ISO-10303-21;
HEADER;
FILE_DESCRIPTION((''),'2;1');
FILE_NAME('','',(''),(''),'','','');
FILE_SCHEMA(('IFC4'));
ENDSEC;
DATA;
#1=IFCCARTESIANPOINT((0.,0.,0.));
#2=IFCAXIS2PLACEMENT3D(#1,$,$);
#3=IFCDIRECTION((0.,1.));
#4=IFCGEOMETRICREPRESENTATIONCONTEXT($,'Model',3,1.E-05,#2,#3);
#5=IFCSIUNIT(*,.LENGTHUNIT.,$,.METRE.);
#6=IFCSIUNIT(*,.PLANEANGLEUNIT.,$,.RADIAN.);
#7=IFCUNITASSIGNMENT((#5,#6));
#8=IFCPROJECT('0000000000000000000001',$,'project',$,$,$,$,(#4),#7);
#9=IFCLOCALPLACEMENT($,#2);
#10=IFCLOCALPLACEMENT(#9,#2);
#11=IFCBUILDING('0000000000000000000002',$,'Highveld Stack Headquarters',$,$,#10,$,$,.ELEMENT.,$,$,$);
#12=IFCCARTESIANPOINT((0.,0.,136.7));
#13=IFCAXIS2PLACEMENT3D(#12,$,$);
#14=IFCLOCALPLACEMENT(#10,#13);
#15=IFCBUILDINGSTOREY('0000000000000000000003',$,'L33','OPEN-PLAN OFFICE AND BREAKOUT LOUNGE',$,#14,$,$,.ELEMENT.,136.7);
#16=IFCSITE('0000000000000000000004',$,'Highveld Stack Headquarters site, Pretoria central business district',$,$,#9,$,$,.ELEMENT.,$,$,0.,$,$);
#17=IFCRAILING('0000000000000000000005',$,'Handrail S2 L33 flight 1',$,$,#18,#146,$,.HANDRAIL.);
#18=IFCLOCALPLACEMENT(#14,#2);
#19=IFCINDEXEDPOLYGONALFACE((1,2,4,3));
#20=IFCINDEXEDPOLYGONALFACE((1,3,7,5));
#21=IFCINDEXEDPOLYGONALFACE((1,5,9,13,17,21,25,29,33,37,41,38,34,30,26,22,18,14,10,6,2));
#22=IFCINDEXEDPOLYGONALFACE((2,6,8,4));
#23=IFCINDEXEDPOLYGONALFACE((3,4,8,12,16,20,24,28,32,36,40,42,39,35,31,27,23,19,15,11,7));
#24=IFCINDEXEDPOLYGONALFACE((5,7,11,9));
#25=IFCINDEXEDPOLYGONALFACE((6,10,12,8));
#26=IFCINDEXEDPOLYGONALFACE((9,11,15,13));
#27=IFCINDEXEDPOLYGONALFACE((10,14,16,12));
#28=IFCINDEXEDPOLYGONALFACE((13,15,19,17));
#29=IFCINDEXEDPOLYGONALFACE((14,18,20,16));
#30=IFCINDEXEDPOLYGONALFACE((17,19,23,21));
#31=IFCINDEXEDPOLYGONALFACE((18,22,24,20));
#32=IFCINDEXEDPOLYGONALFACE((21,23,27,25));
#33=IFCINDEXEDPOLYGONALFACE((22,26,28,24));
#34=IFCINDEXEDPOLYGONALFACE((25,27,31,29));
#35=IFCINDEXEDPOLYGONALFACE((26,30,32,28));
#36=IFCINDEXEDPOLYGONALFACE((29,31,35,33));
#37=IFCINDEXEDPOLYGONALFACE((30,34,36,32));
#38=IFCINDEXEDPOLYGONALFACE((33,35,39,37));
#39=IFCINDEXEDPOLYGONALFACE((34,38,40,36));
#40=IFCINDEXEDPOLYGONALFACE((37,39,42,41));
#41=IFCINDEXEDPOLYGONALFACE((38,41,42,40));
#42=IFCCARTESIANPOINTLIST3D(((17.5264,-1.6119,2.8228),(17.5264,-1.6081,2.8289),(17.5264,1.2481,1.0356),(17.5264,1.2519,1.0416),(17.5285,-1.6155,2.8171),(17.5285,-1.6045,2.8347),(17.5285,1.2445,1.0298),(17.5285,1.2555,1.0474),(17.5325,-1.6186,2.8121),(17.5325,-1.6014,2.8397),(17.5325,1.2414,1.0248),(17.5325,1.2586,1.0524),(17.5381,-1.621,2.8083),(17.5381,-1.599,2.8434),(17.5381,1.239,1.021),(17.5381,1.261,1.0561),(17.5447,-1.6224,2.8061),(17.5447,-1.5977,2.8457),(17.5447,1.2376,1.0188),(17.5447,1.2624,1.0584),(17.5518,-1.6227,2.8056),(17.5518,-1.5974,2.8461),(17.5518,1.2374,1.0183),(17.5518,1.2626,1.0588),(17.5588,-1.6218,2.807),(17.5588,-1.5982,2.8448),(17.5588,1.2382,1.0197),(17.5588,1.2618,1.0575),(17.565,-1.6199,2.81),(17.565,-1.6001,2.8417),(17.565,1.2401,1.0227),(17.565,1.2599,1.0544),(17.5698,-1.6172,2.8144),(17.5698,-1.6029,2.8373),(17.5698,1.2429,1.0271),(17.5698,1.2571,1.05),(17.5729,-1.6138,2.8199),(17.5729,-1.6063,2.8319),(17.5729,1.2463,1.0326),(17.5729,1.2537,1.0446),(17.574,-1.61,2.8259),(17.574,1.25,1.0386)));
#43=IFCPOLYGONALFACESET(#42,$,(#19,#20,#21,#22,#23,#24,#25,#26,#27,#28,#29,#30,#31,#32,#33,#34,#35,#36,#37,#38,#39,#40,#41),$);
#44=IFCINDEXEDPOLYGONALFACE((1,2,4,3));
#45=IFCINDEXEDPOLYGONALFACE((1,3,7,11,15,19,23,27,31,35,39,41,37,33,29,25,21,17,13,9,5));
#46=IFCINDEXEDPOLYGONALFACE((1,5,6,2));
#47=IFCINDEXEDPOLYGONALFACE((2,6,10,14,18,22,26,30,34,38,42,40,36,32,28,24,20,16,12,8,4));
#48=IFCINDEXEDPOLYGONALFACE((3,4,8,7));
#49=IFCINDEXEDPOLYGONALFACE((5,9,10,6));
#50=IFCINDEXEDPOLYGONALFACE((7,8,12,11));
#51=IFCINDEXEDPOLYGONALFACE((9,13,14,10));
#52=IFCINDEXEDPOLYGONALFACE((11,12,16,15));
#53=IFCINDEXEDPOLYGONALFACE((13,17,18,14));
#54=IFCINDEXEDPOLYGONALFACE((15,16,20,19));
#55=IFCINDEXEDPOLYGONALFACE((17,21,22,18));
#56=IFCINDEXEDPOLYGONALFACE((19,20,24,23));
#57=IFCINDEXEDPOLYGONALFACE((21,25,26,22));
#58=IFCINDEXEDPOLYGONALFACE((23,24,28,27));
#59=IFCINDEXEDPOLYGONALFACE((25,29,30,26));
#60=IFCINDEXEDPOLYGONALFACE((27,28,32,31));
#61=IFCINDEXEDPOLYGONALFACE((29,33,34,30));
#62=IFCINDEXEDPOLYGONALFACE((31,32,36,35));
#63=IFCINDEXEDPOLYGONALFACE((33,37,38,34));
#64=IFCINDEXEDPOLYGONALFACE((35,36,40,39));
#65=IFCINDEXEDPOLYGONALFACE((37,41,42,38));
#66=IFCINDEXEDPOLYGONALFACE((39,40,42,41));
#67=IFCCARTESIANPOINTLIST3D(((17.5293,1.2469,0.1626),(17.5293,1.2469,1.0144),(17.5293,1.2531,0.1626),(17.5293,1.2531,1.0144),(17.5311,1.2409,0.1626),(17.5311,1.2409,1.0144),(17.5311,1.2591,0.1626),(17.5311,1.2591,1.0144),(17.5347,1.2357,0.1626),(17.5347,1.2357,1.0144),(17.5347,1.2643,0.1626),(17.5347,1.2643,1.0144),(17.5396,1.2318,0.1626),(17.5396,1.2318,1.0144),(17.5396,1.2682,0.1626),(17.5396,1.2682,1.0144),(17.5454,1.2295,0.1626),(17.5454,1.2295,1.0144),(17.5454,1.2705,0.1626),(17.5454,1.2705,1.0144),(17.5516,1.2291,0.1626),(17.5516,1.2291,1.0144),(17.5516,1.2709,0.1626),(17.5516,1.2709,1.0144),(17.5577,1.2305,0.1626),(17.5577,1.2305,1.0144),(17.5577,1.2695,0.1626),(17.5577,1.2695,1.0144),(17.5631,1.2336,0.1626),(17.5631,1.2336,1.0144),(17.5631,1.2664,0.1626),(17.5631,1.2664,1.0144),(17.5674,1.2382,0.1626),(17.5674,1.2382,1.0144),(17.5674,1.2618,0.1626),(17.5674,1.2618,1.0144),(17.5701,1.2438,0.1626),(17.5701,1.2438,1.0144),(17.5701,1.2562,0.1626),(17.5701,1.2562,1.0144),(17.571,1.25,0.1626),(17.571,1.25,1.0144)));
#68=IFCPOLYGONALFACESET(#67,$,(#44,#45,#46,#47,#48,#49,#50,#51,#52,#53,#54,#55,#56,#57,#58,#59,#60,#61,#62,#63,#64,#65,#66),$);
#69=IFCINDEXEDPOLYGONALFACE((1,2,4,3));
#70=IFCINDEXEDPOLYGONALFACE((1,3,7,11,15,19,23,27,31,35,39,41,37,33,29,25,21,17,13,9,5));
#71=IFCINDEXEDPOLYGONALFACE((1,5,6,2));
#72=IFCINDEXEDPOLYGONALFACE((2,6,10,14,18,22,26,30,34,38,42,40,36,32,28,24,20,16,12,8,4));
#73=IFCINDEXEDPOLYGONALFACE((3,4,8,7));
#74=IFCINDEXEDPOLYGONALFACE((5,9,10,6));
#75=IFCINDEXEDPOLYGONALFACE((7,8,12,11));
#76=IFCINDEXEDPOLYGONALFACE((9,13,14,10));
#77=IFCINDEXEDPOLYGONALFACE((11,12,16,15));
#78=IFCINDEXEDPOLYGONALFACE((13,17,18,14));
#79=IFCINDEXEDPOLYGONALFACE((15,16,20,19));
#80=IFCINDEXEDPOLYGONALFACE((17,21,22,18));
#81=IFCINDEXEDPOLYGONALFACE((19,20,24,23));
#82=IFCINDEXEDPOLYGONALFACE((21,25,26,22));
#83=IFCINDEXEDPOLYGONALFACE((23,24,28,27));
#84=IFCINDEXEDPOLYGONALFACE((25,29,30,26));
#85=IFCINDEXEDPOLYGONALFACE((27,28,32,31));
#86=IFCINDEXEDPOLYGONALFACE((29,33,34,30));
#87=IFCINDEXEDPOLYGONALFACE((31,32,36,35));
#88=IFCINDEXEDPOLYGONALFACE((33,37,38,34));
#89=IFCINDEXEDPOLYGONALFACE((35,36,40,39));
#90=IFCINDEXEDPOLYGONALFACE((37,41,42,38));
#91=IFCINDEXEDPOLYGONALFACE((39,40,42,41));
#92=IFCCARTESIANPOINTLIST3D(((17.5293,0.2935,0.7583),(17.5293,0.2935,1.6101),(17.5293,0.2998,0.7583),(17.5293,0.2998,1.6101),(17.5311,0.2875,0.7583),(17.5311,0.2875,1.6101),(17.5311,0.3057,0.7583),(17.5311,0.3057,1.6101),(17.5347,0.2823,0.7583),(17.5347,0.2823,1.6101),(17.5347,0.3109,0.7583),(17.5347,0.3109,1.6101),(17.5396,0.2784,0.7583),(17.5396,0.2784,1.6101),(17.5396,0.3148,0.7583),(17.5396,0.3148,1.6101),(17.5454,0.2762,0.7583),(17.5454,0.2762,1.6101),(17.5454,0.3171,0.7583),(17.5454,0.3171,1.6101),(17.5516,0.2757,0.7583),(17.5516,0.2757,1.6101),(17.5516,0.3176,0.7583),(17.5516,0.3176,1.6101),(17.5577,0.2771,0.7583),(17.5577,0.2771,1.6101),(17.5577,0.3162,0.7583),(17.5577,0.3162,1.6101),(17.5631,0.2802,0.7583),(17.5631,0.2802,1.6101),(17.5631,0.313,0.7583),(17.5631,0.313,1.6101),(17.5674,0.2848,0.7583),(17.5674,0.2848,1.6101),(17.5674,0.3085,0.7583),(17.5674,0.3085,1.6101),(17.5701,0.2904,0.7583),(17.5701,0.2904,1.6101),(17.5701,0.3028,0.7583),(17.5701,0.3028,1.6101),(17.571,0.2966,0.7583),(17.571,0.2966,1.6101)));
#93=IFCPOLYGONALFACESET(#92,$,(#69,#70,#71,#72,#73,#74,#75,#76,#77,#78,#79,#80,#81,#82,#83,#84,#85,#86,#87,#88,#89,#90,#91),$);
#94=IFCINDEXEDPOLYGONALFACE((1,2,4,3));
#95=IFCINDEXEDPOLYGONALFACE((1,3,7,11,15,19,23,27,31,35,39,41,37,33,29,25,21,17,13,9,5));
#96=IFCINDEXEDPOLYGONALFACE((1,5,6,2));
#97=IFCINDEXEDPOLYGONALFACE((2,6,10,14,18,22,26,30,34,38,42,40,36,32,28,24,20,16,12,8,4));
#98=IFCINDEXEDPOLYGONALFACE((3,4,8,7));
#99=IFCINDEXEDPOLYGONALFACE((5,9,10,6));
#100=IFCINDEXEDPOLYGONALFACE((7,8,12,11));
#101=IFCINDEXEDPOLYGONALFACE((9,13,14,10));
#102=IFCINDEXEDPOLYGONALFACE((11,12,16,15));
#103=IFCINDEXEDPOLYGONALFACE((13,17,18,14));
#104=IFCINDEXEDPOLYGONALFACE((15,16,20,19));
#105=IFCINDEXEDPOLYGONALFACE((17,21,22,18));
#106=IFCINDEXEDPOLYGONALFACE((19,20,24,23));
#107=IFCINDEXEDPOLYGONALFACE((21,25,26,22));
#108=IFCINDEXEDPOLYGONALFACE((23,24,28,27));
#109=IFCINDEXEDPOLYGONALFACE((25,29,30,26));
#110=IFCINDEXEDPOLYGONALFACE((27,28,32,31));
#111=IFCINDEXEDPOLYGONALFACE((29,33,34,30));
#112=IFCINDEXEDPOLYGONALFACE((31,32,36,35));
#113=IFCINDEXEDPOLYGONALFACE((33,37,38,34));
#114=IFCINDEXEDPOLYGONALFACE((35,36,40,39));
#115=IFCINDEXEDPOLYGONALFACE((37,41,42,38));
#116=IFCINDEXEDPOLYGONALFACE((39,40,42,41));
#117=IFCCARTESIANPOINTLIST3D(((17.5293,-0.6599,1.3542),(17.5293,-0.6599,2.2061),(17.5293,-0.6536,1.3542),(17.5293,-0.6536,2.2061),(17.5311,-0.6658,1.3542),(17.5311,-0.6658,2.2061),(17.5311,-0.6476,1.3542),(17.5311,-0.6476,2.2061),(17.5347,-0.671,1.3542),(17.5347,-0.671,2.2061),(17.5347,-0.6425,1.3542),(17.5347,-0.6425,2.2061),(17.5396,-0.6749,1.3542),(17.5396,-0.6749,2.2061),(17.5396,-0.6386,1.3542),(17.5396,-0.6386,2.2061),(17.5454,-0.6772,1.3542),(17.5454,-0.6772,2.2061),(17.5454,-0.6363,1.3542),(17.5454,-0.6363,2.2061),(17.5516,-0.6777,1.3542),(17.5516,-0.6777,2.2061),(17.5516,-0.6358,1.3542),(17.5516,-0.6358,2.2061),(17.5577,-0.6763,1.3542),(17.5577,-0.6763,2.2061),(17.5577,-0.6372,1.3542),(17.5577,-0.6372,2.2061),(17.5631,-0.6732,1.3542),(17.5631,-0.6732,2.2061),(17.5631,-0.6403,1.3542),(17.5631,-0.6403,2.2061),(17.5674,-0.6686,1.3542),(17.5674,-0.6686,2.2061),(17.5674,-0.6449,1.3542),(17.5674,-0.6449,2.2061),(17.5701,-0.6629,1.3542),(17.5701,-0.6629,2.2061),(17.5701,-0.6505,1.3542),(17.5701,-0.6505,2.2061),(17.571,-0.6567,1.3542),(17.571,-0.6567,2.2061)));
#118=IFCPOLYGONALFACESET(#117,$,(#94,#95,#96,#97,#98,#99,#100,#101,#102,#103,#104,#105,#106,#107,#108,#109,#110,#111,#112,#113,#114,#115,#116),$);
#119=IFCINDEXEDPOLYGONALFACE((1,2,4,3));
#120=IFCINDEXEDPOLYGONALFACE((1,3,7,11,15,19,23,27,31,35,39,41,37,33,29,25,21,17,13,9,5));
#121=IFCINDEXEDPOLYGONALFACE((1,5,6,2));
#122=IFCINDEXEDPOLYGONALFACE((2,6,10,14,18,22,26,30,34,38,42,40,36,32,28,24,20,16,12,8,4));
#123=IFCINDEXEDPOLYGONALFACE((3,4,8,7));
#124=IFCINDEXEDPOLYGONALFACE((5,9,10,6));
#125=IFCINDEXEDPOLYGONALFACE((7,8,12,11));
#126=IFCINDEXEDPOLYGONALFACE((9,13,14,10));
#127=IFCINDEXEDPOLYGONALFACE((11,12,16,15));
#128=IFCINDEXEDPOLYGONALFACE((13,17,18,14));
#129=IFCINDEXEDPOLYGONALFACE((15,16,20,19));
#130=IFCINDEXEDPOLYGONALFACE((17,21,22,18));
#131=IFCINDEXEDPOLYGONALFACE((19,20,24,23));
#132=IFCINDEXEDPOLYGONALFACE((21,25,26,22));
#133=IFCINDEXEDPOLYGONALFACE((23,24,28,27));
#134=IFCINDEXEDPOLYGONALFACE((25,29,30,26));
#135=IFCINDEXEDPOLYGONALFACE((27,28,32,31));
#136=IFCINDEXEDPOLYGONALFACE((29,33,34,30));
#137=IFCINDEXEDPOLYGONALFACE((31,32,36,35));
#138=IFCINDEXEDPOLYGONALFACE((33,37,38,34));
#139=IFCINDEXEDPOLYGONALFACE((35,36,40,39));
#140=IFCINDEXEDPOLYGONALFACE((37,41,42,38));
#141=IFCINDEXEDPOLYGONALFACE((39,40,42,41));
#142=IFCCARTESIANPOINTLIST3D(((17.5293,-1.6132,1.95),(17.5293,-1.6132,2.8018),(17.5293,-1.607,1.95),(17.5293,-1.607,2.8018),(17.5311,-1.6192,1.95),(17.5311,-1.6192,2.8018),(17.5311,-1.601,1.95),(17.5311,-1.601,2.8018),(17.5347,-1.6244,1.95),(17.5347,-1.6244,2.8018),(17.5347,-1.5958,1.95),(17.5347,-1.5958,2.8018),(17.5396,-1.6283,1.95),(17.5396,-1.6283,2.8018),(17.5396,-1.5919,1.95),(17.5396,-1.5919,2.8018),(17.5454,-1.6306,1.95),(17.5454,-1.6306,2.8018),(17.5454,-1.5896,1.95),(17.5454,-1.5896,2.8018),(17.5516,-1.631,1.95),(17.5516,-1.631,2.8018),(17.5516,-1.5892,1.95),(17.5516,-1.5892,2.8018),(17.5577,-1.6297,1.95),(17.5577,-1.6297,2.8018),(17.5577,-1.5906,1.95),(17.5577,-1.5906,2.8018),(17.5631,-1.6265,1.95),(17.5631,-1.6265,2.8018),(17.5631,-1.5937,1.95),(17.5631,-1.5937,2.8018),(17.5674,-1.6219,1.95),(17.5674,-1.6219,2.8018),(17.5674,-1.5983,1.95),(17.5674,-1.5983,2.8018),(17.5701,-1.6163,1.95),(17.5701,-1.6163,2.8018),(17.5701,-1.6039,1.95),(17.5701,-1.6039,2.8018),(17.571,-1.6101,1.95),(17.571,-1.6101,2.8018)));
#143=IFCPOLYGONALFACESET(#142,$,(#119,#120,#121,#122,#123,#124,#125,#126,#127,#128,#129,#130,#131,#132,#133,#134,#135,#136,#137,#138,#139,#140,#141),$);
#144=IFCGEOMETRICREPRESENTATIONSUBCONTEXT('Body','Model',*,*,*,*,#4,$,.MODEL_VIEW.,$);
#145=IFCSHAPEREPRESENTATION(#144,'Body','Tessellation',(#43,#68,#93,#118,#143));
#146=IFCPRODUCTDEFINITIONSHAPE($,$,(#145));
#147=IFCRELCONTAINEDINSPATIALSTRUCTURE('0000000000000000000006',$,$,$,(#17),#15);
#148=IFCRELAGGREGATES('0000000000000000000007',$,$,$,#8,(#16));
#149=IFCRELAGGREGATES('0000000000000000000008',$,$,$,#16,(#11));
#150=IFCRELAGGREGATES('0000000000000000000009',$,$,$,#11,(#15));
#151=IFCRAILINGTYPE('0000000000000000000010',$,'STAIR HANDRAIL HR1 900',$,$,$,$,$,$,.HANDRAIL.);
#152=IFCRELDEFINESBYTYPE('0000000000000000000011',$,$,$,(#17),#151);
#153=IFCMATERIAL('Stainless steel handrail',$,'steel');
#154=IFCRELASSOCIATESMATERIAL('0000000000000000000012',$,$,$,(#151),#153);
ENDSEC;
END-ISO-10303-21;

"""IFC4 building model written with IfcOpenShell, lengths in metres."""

from ifc_helpers import new_model, si_unit, direction, frame, origin, origin_2d, place, context, subcontext, project, spatial, circle, extrude, material, type_object, element, save


model = new_model("IFC4")

# Units and contexts
model_context = context("Model", 3, precision=1e-05, world=origin(), true_north=direction((0.0, 1.0)))
body_context = subcontext(model_context, "Body", "Model", "MODEL_VIEW")
ifc_project = project(units=[si_unit("LENGTHUNIT", "METRE"), si_unit("PLANEANGLEUNIT", "RADIAN")], contexts=[model_context])

# Site, building, storey
site_placement = place(None, origin())
site = spatial("IfcSite", under=ifc_project, at=site_placement, Name="Highveld Stack Headquarters site, Pretoria central business district", CompositionType="ELEMENT", RefElevation=0.0)
building_placement = place(site_placement, origin())
building = spatial("IfcBuilding", under=site, at=building_placement, Name="Highveld Stack Headquarters", CompositionType="ELEMENT")
storey_placement = place(building_placement, frame((0.0, 0.0, 136.7)))
storey = spatial("IfcBuildingStorey", under=building, at=storey_placement, Name="L33", Description="OPEN-PLAN OFFICE AND BREAKOUT LOUNGE", CompositionType="ELEMENT", Elevation=136.7)

# Railing
ifc_material_1 = material(Name="Stainless steel handrail", Category="steel")
railing_type = type_object("IfcRailingType", Name="STAIR HANDRAIL HR1 900", PredefinedType="HANDRAIL", material=ifc_material_1)
for number, where, name in (
    (1, (17.55, 1.25, 0.1626), "Handrail S2 L33 flight 1"),
):
    element("IfcRailing", number, at=place(storey_placement, frame(where)), inside=storey, type_object=railing_type, Name=name, PredefinedType="HANDRAIL", context=body_context, shape_type="SweptSolid", body=[
        extrude(circle(Radius=0.0239, at=origin_2d()), frame((0.0, 0.0, 0.876), z_axis=(0.0, -0.848027, 0.529953), x_axis=(1.0, 0.0, 0.0)), (0.0, 0.0, 1.0), 3.3726),
        extrude(circle(Radius=0.021, at=origin_2d()), origin(), (0.0, 0.0, 1.0), 0.8518),
        extrude(circle(Radius=0.021, at=origin_2d()), frame((0.0, -0.9534, 0.5957)), (0.0, 0.0, 1.0), 0.8518),
        extrude(circle(Radius=0.021, at=origin_2d()), frame((0.0, -1.9067, 1.1917)), (0.0, 0.0, 1.0), 0.8518),
        extrude(circle(Radius=0.021, at=origin_2d()), frame((0.0, -2.8601, 1.7874)), (0.0, 0.0, 1.0), 0.8518),
    ])

save(model, "model.ifc")
